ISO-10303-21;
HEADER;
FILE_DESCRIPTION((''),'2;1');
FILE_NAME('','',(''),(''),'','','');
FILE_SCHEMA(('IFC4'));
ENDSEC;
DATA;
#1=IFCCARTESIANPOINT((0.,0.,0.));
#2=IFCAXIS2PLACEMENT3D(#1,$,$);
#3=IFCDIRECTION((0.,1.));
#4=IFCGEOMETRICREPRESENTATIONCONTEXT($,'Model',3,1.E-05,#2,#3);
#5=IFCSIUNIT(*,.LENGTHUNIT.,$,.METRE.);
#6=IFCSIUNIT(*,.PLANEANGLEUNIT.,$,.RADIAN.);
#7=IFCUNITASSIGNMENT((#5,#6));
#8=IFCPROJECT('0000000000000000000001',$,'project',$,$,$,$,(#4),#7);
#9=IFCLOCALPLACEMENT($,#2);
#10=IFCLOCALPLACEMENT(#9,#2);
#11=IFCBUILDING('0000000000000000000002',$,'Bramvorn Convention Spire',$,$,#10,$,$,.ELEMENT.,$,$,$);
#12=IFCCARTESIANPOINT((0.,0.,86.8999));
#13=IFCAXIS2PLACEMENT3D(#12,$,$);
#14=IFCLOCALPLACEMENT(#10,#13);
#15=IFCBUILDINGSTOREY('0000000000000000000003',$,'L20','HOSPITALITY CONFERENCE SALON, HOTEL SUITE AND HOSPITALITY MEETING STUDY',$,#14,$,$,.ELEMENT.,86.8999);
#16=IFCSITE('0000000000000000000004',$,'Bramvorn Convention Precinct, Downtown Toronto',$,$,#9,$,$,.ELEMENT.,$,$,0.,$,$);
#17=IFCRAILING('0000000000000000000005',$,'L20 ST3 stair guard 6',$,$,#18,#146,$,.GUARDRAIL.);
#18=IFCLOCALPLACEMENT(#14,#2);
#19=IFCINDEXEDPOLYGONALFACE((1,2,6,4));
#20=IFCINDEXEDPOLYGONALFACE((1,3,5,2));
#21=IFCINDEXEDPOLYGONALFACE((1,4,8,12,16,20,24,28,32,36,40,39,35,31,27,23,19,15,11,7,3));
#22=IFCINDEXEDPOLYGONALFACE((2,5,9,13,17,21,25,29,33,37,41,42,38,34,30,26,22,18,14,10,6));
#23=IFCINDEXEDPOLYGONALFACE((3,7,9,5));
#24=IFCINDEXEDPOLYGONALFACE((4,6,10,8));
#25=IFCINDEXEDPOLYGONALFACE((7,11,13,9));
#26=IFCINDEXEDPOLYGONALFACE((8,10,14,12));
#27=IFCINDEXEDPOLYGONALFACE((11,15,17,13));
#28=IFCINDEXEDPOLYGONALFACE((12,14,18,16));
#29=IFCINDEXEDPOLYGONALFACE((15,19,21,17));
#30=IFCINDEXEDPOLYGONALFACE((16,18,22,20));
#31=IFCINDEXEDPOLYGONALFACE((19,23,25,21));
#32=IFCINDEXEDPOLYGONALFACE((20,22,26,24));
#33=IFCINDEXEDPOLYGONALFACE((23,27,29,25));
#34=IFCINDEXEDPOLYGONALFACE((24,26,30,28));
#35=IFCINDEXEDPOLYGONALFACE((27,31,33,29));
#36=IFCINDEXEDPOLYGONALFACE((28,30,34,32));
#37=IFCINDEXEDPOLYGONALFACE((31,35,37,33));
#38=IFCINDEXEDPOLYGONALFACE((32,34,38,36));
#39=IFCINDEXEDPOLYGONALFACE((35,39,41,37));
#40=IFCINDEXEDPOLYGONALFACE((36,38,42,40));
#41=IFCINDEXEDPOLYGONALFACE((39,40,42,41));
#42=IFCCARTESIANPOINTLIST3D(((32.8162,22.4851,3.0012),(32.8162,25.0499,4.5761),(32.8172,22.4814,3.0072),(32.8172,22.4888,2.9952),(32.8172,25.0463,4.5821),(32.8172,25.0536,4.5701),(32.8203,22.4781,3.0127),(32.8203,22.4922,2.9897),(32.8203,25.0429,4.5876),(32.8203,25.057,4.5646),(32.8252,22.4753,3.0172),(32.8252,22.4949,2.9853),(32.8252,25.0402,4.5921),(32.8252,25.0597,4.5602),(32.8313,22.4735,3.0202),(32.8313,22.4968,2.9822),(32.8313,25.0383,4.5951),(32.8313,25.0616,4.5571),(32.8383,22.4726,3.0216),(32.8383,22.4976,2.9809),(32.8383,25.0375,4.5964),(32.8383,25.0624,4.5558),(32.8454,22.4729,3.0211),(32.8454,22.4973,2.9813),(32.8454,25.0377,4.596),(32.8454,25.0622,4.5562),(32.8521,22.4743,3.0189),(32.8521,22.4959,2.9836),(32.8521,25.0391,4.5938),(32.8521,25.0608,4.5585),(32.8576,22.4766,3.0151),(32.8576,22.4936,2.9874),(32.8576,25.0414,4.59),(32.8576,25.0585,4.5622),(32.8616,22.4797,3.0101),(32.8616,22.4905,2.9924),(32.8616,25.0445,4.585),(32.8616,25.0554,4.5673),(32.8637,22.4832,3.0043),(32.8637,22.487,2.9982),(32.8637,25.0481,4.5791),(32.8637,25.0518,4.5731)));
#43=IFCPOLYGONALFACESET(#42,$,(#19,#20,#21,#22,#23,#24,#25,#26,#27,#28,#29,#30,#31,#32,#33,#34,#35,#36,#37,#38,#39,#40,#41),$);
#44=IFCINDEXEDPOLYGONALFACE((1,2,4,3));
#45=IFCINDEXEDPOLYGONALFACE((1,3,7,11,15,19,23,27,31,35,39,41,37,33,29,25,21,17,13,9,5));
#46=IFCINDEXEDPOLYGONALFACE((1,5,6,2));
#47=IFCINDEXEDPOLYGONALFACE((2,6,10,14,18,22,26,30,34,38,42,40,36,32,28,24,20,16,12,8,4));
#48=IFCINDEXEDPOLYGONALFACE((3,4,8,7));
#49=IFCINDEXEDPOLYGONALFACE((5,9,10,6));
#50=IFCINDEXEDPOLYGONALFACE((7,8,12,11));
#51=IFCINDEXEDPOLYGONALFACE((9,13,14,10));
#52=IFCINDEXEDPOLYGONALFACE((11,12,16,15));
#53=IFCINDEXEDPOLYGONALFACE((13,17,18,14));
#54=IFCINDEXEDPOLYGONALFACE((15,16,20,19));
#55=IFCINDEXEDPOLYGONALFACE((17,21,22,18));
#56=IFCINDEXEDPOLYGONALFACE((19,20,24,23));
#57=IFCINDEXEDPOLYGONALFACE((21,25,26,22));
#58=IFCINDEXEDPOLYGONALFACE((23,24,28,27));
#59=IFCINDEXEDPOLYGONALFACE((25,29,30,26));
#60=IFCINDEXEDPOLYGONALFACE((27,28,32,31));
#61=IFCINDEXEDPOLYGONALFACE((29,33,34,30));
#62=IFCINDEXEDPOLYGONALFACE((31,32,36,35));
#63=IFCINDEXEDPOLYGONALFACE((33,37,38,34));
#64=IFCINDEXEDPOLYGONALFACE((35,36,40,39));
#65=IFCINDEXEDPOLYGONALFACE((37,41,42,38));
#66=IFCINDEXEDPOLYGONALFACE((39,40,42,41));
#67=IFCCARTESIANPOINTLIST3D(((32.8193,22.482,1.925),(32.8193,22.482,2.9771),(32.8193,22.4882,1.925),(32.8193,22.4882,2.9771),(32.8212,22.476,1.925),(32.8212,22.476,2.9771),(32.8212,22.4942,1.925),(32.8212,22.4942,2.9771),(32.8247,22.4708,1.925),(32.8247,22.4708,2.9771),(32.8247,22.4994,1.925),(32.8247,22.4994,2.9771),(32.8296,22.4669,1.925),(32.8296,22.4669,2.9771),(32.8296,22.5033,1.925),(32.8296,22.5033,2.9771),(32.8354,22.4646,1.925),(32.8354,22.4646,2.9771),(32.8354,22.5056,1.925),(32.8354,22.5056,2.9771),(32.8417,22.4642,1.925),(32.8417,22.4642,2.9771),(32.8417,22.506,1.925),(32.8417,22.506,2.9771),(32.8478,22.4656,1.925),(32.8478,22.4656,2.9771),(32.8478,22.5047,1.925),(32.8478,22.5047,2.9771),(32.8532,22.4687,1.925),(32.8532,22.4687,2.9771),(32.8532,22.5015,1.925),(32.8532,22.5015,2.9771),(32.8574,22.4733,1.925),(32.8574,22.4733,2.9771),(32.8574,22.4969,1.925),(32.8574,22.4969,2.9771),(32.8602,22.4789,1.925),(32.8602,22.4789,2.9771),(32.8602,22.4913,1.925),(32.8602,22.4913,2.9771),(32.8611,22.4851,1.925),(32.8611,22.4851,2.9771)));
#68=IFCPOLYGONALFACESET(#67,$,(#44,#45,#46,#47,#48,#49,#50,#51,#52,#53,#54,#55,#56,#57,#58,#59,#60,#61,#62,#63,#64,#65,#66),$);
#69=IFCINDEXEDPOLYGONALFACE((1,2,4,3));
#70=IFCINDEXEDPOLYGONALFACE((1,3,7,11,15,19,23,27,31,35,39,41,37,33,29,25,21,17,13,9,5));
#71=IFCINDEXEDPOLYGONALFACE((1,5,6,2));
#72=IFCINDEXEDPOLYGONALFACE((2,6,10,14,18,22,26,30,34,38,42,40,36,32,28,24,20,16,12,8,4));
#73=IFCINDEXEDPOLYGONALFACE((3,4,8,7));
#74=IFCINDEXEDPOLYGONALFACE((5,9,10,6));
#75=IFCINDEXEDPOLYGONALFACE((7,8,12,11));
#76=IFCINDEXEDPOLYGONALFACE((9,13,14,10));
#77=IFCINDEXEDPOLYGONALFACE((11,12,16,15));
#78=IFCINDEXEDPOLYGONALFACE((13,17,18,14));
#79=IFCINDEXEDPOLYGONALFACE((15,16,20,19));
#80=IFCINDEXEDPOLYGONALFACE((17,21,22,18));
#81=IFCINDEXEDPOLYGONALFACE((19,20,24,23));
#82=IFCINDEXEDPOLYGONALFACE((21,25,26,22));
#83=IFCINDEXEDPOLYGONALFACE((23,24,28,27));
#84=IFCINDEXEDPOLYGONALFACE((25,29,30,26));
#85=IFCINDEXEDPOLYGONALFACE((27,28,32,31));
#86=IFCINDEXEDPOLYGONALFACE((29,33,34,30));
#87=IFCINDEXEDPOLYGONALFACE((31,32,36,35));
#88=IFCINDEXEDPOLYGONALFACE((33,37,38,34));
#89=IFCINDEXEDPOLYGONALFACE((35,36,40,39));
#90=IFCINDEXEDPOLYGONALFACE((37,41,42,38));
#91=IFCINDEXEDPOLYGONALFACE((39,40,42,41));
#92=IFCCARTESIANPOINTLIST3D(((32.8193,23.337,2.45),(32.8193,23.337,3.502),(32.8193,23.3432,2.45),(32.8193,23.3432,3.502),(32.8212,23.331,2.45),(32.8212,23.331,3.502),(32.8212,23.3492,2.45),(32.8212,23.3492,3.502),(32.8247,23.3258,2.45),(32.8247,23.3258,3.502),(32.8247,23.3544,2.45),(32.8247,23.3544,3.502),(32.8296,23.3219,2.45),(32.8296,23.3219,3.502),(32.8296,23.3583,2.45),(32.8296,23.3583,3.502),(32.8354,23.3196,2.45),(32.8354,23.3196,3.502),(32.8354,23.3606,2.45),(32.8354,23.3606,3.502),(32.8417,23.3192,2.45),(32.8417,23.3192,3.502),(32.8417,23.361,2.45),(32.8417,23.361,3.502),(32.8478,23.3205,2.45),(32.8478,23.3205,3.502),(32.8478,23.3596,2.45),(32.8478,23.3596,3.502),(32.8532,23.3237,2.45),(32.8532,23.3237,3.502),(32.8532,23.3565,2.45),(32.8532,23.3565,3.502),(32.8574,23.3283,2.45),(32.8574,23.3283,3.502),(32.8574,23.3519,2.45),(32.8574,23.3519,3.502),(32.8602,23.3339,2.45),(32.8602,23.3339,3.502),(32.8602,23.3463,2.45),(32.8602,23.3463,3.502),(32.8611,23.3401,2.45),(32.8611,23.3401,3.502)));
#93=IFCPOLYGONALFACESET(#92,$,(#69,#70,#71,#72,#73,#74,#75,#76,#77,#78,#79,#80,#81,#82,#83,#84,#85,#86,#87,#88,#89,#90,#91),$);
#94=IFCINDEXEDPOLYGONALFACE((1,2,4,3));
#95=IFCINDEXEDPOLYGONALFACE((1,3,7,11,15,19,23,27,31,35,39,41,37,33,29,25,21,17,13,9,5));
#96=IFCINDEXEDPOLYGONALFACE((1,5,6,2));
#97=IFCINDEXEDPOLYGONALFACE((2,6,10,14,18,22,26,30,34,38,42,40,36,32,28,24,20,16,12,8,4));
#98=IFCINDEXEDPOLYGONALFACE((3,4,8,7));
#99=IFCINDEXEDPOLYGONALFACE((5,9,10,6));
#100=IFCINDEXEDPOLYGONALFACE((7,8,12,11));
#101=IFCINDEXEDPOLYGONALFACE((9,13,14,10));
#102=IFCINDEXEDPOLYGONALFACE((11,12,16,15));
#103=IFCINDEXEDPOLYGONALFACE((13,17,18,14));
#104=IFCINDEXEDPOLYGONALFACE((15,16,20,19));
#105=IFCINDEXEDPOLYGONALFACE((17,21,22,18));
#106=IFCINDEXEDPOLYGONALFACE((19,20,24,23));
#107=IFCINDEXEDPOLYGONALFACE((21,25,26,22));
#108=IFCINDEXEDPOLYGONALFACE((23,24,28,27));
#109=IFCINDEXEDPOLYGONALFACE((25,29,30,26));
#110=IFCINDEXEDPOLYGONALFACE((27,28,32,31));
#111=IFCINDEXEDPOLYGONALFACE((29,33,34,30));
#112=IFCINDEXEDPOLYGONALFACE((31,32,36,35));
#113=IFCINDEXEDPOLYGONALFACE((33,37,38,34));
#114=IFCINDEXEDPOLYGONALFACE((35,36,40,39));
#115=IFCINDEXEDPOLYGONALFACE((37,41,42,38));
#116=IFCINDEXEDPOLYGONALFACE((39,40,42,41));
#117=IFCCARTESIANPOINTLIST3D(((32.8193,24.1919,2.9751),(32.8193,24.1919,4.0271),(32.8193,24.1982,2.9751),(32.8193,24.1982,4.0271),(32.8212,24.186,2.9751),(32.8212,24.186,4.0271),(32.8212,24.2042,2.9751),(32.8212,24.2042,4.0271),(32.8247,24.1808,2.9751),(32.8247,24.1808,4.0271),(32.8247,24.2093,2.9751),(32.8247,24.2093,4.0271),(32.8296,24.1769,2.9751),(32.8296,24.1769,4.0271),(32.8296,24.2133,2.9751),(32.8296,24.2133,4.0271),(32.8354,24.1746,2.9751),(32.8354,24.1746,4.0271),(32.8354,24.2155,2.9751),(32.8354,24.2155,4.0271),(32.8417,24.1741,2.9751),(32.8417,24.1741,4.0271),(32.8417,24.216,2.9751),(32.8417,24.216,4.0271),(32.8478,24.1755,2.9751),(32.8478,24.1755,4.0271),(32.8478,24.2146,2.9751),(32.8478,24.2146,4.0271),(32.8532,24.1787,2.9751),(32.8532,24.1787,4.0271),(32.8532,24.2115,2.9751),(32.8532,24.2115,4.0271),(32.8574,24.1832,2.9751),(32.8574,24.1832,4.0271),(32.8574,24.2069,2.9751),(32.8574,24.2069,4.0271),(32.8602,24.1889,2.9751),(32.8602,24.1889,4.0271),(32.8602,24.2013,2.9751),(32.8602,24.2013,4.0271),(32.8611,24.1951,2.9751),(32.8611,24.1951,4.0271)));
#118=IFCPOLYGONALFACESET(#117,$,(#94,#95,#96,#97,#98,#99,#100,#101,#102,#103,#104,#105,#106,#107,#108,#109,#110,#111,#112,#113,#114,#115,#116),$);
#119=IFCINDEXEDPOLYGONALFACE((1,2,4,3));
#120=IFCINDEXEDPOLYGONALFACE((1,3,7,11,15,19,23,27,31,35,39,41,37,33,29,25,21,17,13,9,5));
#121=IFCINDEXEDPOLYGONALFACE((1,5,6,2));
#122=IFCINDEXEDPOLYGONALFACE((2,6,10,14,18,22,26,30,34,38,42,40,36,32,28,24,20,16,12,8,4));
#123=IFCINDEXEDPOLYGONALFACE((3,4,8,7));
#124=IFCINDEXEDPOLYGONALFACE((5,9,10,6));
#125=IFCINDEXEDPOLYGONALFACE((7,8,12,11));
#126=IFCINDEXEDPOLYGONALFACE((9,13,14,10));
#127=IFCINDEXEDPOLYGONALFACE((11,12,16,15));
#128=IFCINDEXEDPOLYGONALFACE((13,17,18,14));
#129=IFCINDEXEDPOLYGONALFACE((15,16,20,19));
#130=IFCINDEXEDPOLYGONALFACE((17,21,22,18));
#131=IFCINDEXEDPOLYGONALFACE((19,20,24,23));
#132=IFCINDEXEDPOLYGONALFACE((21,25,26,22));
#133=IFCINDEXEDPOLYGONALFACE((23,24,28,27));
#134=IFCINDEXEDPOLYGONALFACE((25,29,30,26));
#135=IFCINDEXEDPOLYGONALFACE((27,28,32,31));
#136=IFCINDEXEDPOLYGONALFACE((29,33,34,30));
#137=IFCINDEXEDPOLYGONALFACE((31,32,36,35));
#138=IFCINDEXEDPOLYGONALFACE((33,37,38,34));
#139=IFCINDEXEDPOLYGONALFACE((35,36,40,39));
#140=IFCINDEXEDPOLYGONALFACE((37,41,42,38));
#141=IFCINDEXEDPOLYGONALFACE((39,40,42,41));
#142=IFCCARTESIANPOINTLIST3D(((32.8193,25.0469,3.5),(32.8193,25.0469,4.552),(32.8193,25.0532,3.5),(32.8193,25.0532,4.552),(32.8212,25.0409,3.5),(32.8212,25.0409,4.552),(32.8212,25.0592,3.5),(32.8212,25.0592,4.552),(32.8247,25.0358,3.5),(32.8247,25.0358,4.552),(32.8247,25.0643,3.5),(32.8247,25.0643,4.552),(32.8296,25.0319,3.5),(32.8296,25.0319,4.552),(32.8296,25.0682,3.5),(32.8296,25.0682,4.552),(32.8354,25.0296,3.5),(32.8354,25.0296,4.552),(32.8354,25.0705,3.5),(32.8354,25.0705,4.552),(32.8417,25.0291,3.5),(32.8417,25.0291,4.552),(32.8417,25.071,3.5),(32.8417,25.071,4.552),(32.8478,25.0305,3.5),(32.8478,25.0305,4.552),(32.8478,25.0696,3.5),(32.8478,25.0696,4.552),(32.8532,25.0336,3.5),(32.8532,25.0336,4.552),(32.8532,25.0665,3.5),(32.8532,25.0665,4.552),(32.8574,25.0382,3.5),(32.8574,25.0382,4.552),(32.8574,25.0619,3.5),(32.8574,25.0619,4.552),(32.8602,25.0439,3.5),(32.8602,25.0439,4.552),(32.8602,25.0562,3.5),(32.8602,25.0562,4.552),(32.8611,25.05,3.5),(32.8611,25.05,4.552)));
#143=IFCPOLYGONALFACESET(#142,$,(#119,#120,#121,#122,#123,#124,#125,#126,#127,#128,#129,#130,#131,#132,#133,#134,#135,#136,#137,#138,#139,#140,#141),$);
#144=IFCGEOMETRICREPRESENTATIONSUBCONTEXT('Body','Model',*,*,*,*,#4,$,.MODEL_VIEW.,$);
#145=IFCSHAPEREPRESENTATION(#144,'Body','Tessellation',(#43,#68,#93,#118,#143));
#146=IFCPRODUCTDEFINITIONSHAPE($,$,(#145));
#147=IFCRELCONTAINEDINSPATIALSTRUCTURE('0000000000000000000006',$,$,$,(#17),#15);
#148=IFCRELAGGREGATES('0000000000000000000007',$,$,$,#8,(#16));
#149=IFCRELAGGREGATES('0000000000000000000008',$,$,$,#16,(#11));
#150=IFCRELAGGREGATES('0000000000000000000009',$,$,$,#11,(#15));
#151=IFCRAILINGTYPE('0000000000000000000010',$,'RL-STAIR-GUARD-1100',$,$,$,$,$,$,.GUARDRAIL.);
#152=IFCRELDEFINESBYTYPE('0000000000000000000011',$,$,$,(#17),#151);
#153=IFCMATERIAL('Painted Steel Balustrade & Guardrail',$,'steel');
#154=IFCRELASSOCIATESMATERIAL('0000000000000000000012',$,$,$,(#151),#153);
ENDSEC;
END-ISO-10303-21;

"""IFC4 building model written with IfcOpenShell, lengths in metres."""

from ifc_helpers import new_model, si_unit, direction, frame, origin, origin_2d, place, context, subcontext, project, spatial, circle, extrude, material, type_object, element, save


model = new_model("IFC4")

# Units and contexts
model_context = context("Model", 3, precision=1e-05, world=origin(), true_north=direction((0.0, 1.0)))
body_context = subcontext(model_context, "Body", "Model", "MODEL_VIEW")
ifc_project = project(units=[si_unit("LENGTHUNIT", "METRE"), si_unit("PLANEANGLEUNIT", "RADIAN")], contexts=[model_context])

# Site, building, storey
site_placement = place(None, origin())
site = spatial("IfcSite", under=ifc_project, at=site_placement, Name="Bramvorn Convention Precinct, Downtown Toronto", CompositionType="ELEMENT", RefElevation=0.0)
building_placement = place(site_placement, origin())
building = spatial("IfcBuilding", under=site, at=building_placement, Name="Bramvorn Convention Spire", CompositionType="ELEMENT")
storey_placement = place(building_placement, frame((0.0, 0.0, 86.8999)))
storey = spatial("IfcBuildingStorey", under=building, at=storey_placement, Name="L20", Description="HOSPITALITY CONFERENCE SALON, HOTEL SUITE AND HOSPITALITY MEETING STUDY", CompositionType="ELEMENT", Elevation=86.8999)

# Railing
ifc_material_1 = material(Name="Painted Steel Balustrade & Guardrail", Category="steel")
railing_type_1 = type_object("IfcRailingType", Name="RL-STAIR-GUARD-1100", PredefinedType="GUARDRAIL", material=ifc_material_1)
railing_1_placement = place(storey_placement, frame((32.8401, 22.4851, 1.925)))
element("IfcRailing", 1, at=railing_1_placement, inside=storey, type_object=railing_type_1, Name="L20 ST3 stair guard 6", PredefinedType="GUARDRAIL", context=body_context, shape_type="SweptSolid", body=[
    extrude(circle(Radius=0.0239, at=origin_2d()), frame((0.0, 0.0, 1.0762), z_axis=(0.0, 0.852173, 0.52326), x_axis=(-1.0, 0.0, 0.0)), (0.0, 0.0, 1.0), 3.0098),
    extrude(circle(Radius=0.021, at=origin_2d()), origin(), (0.0, 0.0, 1.0), 1.052),
    extrude(circle(Radius=0.021, at=origin_2d()), frame((0.0, 0.855, 0.5249)), (0.0, 0.0, 1.0), 1.052),
    extrude(circle(Radius=0.021, at=origin_2d()), frame((0.0, 1.71, 1.05)), (0.0, 0.0, 1.0), 1.052),
    extrude(circle(Radius=0.021, at=origin_2d()), frame((0.0, 2.5649, 1.575)), (0.0, 0.0, 1.0), 1.052),
])

save(model, "model.ifc")
